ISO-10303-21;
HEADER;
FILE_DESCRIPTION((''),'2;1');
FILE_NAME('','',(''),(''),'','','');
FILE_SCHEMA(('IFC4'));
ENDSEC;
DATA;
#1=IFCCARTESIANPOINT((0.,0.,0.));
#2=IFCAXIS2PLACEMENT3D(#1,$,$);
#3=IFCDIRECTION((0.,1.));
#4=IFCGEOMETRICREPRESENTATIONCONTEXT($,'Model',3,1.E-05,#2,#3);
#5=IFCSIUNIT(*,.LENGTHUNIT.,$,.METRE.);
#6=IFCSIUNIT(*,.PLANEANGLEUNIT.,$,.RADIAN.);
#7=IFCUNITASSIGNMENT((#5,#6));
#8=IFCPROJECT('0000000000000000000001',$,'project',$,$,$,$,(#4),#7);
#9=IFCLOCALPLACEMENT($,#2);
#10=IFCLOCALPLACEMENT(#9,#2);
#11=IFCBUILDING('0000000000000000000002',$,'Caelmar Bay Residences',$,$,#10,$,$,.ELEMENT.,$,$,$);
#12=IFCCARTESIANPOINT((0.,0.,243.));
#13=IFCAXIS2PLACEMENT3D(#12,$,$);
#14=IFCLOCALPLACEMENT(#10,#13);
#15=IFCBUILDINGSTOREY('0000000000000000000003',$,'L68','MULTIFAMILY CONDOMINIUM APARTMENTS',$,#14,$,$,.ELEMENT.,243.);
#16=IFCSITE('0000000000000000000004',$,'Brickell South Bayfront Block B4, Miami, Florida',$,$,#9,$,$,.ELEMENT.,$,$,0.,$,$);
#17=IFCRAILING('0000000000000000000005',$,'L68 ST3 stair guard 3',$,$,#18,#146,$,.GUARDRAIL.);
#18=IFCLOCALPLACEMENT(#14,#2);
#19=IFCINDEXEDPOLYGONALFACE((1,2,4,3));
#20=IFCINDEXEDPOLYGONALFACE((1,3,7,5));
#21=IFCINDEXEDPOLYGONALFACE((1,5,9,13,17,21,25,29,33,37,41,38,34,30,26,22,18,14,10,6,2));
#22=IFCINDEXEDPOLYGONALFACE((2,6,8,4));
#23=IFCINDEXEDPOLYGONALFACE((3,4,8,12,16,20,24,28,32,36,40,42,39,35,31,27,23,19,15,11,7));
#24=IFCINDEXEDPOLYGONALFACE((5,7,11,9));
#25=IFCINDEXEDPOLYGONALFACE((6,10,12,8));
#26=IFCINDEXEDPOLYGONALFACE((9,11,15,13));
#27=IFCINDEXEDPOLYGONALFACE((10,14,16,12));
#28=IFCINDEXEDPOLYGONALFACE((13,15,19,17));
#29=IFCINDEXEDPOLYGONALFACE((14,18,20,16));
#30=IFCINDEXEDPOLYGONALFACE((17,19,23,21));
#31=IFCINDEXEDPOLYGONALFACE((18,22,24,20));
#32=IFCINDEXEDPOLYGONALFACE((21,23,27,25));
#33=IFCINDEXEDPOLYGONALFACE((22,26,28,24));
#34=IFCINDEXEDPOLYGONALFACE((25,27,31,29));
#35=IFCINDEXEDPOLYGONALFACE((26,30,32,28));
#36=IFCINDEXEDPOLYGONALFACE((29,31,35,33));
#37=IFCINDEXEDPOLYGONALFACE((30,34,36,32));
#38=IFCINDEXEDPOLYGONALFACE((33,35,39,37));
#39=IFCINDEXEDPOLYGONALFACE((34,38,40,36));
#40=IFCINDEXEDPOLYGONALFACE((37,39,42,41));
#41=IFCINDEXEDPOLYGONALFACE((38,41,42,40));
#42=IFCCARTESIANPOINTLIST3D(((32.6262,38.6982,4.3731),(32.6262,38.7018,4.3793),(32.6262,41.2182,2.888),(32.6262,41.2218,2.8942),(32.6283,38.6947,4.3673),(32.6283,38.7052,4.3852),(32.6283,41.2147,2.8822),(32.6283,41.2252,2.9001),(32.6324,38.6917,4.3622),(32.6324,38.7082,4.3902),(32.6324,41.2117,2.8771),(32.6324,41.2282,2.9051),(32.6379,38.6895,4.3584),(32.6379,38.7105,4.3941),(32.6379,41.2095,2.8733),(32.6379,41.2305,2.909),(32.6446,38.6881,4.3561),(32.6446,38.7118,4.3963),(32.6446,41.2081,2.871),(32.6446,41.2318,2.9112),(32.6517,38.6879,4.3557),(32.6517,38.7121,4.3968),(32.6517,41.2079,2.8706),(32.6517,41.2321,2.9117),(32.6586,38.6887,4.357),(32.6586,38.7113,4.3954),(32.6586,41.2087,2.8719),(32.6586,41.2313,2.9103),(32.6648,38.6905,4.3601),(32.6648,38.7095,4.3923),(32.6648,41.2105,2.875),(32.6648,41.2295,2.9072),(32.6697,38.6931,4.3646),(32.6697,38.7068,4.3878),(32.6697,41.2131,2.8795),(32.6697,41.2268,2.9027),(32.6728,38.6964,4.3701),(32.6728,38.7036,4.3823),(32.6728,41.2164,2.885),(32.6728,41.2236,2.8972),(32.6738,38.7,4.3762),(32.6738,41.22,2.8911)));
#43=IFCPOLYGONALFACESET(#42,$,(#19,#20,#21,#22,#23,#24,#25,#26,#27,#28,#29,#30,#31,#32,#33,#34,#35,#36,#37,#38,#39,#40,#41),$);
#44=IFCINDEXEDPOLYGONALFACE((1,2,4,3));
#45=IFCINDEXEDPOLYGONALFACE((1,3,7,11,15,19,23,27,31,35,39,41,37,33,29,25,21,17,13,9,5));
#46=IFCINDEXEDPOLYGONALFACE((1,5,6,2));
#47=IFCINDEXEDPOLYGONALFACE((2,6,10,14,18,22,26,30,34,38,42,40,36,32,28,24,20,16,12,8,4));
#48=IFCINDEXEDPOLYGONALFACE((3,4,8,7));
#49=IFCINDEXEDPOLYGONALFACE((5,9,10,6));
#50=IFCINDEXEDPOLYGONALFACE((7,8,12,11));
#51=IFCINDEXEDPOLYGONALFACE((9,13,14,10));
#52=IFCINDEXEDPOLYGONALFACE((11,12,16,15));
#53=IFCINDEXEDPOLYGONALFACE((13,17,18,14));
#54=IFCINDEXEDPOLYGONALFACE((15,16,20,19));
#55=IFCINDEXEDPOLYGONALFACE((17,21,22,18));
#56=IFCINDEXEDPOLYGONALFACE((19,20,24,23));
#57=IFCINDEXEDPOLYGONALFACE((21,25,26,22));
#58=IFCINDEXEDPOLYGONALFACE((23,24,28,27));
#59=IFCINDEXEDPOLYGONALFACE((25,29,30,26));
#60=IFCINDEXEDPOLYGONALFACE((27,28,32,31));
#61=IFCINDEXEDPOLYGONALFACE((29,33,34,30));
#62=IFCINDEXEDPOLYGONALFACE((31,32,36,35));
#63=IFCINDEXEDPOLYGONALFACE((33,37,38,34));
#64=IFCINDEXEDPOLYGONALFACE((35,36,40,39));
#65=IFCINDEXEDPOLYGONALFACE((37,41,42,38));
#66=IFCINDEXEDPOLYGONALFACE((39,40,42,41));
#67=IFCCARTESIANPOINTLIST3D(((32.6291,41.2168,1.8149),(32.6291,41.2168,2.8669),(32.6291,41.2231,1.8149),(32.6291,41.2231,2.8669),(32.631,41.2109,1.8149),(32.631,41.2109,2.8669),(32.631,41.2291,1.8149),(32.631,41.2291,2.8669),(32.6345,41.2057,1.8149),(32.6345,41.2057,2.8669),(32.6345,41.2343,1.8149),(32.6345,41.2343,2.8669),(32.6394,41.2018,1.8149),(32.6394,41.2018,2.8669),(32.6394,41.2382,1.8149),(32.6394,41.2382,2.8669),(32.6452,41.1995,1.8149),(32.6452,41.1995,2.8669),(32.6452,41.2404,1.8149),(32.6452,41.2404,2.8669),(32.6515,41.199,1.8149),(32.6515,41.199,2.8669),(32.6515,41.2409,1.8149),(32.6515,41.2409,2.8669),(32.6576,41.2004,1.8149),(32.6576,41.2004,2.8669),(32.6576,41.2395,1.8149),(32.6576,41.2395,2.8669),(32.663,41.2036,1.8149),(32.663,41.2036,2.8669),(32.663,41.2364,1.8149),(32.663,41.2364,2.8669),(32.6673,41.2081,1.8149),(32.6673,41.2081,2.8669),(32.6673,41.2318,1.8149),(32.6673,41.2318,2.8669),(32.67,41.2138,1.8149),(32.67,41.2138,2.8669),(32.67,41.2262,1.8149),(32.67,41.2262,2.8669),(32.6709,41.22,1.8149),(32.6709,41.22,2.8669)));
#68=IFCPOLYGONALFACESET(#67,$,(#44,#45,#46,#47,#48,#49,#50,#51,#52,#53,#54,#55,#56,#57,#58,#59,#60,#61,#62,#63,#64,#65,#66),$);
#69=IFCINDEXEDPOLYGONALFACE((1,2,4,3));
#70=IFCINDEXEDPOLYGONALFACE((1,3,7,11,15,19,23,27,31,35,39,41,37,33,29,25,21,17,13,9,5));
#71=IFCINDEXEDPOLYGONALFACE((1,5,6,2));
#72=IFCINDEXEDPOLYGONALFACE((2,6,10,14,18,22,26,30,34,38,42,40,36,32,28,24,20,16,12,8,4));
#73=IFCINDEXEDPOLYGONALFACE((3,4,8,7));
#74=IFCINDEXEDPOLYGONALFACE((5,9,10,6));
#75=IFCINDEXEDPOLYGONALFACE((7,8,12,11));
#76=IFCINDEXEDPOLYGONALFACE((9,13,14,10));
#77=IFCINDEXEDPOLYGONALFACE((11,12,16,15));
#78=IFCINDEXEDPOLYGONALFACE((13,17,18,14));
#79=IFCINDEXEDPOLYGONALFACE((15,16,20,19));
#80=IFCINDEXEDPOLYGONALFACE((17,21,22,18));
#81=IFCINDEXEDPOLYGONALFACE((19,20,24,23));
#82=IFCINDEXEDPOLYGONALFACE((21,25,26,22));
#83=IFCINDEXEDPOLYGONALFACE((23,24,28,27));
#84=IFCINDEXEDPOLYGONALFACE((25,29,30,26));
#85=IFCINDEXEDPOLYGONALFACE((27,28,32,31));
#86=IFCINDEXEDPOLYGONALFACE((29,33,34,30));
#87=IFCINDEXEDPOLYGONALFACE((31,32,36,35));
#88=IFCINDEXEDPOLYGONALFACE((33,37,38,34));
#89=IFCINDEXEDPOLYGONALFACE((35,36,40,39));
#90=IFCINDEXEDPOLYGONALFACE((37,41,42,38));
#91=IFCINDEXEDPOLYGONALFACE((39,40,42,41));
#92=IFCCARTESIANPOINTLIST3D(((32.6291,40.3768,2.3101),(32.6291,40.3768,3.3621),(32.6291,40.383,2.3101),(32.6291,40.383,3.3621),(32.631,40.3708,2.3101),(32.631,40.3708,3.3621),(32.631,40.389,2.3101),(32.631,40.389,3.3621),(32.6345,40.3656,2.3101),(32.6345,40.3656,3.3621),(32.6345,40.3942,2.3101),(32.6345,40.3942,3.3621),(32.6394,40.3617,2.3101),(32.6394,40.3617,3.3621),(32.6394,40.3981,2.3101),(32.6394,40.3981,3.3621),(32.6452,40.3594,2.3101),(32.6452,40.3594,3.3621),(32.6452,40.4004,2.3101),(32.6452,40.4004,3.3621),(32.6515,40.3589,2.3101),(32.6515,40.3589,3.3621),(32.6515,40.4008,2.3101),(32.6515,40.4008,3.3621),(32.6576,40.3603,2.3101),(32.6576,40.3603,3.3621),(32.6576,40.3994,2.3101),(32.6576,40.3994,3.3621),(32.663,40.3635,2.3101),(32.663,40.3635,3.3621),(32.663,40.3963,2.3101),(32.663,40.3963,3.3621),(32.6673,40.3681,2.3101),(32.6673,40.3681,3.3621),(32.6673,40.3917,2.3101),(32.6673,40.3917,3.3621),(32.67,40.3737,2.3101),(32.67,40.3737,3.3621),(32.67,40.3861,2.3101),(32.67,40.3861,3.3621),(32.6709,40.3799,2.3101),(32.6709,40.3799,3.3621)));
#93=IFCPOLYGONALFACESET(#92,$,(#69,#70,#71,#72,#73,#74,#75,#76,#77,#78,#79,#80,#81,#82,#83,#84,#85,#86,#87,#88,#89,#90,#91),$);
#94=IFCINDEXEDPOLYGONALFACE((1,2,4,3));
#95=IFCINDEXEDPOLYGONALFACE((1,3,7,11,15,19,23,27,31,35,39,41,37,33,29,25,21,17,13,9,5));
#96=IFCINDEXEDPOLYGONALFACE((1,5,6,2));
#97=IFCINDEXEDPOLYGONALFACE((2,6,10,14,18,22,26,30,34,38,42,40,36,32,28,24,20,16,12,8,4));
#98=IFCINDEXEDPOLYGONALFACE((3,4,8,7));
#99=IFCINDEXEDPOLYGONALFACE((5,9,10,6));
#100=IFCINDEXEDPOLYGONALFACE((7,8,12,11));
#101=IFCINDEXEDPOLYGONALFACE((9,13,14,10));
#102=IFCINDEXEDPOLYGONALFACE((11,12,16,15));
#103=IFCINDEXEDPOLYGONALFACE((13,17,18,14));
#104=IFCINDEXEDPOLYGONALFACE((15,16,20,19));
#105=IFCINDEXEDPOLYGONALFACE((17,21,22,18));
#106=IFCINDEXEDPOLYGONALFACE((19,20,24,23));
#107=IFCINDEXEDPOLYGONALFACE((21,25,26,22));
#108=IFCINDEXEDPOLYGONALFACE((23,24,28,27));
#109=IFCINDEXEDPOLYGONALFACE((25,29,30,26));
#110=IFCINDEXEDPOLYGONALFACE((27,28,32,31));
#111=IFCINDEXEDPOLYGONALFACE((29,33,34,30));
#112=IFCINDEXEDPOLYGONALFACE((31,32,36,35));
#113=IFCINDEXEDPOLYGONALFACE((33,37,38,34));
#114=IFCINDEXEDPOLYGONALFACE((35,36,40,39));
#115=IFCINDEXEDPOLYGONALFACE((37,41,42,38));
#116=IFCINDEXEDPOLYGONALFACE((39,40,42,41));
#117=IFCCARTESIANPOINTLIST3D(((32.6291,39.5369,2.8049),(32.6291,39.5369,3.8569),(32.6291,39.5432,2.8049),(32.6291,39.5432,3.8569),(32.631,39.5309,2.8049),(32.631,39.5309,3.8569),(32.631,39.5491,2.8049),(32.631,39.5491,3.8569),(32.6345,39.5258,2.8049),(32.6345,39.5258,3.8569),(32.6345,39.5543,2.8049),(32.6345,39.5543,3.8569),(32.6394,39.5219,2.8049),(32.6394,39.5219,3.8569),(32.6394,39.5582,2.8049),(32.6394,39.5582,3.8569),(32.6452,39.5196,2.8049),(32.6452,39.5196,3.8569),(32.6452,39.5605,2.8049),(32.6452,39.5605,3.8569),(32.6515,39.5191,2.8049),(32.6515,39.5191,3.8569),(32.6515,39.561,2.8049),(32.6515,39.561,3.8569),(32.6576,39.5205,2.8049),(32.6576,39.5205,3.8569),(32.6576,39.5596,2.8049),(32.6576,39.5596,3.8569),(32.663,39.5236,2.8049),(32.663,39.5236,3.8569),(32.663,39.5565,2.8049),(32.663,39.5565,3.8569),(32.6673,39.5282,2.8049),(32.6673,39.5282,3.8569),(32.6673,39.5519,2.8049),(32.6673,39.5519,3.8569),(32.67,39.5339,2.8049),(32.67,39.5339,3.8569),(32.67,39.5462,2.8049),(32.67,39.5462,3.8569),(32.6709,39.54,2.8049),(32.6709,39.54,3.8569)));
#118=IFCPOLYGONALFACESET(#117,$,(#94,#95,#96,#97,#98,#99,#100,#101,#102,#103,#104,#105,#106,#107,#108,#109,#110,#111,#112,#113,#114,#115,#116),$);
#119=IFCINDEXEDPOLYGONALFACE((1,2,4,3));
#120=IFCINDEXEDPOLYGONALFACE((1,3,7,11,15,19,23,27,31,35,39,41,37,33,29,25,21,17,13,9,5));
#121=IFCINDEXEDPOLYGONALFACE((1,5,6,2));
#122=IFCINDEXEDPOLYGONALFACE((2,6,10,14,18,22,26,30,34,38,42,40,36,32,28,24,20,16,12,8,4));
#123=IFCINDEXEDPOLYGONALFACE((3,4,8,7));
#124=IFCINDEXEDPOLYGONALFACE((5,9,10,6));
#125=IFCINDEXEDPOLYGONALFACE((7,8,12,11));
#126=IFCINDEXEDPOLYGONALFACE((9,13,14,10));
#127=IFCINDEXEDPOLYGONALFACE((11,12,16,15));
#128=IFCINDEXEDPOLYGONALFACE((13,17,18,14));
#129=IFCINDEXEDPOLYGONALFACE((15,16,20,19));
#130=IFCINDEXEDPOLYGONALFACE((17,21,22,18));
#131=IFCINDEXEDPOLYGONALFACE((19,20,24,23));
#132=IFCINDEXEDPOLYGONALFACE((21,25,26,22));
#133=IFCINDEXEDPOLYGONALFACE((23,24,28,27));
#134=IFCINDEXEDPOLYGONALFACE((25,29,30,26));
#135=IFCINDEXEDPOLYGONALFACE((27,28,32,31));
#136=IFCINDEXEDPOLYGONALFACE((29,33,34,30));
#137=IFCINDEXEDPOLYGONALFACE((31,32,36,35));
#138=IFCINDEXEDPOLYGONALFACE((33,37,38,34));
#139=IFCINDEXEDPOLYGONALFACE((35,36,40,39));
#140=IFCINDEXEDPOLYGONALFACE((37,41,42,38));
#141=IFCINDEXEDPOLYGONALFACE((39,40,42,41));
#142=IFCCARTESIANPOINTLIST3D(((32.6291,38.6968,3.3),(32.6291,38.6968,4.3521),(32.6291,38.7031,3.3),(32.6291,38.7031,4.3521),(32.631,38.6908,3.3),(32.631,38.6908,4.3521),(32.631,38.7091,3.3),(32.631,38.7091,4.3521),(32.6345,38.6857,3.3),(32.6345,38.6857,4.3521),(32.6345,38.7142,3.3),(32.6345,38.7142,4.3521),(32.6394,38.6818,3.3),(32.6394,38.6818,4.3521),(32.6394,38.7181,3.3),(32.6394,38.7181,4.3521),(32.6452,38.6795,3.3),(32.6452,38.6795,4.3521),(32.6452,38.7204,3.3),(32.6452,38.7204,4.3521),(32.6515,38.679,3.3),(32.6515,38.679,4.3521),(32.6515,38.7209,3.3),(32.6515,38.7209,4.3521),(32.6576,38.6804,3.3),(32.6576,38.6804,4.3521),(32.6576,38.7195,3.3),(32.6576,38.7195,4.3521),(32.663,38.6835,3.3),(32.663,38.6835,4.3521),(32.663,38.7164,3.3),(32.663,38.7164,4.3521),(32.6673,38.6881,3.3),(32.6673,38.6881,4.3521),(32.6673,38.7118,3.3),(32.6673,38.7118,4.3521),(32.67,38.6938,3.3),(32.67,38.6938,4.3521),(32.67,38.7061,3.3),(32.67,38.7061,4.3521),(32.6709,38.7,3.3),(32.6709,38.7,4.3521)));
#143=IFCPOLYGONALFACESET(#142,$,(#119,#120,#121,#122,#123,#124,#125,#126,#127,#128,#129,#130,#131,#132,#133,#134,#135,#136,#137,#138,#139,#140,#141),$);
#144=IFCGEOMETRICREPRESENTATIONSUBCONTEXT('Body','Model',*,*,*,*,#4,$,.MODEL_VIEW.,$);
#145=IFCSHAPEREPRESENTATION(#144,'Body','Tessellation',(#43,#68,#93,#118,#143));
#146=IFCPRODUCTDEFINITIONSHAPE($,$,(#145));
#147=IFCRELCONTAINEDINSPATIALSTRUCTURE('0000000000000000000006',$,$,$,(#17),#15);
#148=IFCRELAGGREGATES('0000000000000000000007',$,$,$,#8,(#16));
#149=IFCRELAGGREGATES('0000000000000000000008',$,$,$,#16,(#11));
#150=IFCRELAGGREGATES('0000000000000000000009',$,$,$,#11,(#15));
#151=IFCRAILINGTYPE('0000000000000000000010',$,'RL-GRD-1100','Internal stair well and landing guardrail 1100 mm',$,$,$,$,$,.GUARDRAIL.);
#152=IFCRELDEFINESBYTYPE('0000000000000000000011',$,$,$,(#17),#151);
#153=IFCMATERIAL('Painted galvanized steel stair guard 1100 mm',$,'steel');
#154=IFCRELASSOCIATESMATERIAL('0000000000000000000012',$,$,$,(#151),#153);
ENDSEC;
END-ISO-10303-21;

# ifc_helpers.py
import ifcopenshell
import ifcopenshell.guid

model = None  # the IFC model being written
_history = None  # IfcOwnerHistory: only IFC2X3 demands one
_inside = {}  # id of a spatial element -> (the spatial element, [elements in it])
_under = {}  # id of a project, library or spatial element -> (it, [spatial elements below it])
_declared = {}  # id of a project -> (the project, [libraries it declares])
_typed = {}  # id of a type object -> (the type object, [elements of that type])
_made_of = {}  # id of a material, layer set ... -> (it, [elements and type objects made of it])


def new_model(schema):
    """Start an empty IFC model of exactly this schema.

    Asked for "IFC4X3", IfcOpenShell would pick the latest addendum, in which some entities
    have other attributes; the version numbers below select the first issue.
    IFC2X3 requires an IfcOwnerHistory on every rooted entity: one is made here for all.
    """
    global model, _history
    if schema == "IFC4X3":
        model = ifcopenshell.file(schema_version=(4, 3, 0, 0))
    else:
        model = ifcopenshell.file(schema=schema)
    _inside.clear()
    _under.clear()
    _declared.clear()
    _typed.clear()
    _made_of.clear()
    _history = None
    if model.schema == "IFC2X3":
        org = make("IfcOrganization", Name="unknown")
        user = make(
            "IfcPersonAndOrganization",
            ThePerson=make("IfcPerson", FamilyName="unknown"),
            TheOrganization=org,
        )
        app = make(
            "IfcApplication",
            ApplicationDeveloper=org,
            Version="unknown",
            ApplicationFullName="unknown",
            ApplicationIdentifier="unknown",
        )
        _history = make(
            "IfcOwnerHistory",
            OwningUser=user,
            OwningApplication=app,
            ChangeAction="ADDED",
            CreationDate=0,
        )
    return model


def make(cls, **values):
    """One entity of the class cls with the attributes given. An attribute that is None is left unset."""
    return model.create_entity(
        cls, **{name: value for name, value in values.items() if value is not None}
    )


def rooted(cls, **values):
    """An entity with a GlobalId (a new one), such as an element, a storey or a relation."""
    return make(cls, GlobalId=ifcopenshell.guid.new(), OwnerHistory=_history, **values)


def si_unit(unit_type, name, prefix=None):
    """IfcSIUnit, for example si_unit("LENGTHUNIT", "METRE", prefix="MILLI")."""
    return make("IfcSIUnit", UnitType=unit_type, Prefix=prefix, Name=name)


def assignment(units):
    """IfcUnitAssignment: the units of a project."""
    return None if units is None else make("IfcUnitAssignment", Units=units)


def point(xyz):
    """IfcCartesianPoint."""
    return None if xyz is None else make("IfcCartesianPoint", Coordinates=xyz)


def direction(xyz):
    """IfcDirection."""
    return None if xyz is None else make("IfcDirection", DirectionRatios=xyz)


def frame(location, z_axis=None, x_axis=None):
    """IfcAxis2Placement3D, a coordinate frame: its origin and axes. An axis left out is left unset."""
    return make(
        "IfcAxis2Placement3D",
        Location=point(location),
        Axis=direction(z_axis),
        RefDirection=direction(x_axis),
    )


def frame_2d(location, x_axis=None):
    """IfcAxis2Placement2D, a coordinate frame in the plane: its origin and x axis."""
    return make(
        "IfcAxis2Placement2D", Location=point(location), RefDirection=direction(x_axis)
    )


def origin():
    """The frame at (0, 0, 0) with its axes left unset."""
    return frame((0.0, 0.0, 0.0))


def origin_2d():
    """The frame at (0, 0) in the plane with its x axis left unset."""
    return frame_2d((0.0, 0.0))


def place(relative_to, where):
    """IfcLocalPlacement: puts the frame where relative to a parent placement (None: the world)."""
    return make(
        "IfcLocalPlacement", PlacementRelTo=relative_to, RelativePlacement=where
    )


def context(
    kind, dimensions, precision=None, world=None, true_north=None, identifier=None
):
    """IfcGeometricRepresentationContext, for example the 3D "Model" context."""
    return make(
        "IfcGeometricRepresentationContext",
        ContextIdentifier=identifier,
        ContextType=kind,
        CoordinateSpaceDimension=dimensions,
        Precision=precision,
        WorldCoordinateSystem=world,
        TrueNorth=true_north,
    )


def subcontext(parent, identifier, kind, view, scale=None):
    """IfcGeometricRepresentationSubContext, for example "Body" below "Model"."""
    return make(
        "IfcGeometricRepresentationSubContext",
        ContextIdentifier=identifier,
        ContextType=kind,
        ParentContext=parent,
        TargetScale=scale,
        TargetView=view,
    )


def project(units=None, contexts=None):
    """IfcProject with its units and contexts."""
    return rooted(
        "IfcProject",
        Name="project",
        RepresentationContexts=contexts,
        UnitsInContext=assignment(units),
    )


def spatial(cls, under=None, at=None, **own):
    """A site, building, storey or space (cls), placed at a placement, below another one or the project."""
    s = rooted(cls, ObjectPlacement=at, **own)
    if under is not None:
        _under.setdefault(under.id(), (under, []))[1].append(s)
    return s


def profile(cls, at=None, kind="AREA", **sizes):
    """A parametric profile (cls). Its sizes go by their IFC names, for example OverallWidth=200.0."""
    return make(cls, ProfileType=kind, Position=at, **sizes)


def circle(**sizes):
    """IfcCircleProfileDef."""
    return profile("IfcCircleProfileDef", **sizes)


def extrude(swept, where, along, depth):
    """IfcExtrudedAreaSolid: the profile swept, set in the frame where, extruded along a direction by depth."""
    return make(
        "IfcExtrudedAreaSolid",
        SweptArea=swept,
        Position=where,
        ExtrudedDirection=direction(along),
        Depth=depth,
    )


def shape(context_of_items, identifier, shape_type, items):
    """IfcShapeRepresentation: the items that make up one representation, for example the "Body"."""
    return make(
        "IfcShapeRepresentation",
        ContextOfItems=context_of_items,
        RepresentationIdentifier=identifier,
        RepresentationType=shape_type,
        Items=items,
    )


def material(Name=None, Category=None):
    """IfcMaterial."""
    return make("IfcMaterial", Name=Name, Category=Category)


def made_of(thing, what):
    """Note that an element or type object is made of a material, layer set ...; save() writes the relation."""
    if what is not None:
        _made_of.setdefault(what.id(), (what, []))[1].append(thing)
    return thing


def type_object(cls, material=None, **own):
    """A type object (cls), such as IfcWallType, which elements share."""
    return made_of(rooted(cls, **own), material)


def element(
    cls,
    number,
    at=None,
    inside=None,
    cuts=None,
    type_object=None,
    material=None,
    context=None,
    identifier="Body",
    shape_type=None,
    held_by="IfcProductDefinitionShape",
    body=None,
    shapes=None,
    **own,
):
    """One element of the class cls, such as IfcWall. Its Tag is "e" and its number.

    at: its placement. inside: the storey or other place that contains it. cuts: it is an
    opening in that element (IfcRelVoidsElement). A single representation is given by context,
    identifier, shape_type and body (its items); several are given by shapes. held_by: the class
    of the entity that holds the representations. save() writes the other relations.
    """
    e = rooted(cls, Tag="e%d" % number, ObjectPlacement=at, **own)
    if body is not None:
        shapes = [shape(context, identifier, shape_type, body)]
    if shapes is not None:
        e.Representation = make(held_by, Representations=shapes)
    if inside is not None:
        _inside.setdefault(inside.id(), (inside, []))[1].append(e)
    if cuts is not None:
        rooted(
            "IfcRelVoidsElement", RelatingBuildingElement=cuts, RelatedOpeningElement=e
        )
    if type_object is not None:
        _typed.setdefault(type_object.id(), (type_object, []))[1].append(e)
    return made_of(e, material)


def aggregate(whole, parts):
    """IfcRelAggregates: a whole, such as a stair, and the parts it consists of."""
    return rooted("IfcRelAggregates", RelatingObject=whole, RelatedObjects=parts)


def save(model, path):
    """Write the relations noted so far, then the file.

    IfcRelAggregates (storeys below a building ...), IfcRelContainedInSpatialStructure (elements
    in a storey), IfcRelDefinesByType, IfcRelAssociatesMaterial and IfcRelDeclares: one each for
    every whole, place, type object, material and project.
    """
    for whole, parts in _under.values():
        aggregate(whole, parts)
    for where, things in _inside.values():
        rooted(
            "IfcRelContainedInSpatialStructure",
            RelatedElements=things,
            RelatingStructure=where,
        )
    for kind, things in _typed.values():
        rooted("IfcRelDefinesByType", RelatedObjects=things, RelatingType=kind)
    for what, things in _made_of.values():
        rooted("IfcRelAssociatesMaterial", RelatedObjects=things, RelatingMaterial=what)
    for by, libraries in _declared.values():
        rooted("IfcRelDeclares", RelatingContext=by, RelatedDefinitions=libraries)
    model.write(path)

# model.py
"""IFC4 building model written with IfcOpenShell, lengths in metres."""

from ifc_helpers import new_model, si_unit, direction, frame, origin, origin_2d, place, context, subcontext, project, spatial, circle, extrude, material, type_object, element, save


model = new_model("IFC4")

# Units and contexts
model_context = context("Model", 3, precision=1e-05, world=origin(), true_north=direction((0.0, 1.0)))
body_context = subcontext(model_context, "Body", "Model", "MODEL_VIEW")
ifc_project = project(units=[si_unit("LENGTHUNIT", "METRE"), si_unit("PLANEANGLEUNIT", "RADIAN")], contexts=[model_context])

# Site, building, storey
site_placement = place(None, origin())
site = spatial("IfcSite", under=ifc_project, at=site_placement, Name="Brickell South Bayfront Block B4, Miami, Florida", CompositionType="ELEMENT", RefElevation=0.0)
building_placement = place(site_placement, origin())
building = spatial("IfcBuilding", under=site, at=building_placement, Name="Caelmar Bay Residences", CompositionType="ELEMENT")
storey_placement = place(building_placement, frame((0.0, 0.0, 243.0)))
storey = spatial("IfcBuildingStorey", under=building, at=storey_placement, Name="L68", Description="MULTIFAMILY CONDOMINIUM APARTMENTS", CompositionType="ELEMENT", Elevation=243.0)

# Railing
ifc_material_1 = material(Name="Painted galvanized steel stair guard 1100 mm", Category="steel")
railing_type_1 = type_object("IfcRailingType", Name="RL-GRD-1100", Description="Internal stair well and landing guardrail 1100 mm", PredefinedType="GUARDRAIL", material=ifc_material_1)
railing_1_placement = place(storey_placement, frame((32.6499, 41.22, 1.8149)))
element("IfcRailing", 1, at=railing_1_placement, inside=storey, type_object=railing_type_1, Name="L68 ST3 stair guard 3", PredefinedType="GUARDRAIL", context=body_context, shape_type="SweptSolid", body=[
    extrude(circle(Radius=0.0239, at=origin_2d()), frame((0.0, 0.0, 1.0762), z_axis=(0.0, -0.861524, 0.507717), x_axis=(1.0, 0.0, 0.0)), (0.0, 0.0, 1.0), 2.925),
    extrude(circle(Radius=0.021, at=origin_2d()), origin(), (0.0, 0.0, 1.0), 1.052),
    extrude(circle(Radius=0.021, at=origin_2d()), frame((0.0, -0.8401, 0.4951)), (0.0, 0.0, 1.0), 1.052),
    extrude(circle(Radius=0.021, at=origin_2d()), frame((0.0, -1.6799, 0.99)), (0.0, 0.0, 1.0), 1.052),
    extrude(circle(Radius=0.021, at=origin_2d()), frame((0.0, -2.52, 1.4851)), (0.0, 0.0, 1.0), 1.052),
])

save(model, "model.ifc")
